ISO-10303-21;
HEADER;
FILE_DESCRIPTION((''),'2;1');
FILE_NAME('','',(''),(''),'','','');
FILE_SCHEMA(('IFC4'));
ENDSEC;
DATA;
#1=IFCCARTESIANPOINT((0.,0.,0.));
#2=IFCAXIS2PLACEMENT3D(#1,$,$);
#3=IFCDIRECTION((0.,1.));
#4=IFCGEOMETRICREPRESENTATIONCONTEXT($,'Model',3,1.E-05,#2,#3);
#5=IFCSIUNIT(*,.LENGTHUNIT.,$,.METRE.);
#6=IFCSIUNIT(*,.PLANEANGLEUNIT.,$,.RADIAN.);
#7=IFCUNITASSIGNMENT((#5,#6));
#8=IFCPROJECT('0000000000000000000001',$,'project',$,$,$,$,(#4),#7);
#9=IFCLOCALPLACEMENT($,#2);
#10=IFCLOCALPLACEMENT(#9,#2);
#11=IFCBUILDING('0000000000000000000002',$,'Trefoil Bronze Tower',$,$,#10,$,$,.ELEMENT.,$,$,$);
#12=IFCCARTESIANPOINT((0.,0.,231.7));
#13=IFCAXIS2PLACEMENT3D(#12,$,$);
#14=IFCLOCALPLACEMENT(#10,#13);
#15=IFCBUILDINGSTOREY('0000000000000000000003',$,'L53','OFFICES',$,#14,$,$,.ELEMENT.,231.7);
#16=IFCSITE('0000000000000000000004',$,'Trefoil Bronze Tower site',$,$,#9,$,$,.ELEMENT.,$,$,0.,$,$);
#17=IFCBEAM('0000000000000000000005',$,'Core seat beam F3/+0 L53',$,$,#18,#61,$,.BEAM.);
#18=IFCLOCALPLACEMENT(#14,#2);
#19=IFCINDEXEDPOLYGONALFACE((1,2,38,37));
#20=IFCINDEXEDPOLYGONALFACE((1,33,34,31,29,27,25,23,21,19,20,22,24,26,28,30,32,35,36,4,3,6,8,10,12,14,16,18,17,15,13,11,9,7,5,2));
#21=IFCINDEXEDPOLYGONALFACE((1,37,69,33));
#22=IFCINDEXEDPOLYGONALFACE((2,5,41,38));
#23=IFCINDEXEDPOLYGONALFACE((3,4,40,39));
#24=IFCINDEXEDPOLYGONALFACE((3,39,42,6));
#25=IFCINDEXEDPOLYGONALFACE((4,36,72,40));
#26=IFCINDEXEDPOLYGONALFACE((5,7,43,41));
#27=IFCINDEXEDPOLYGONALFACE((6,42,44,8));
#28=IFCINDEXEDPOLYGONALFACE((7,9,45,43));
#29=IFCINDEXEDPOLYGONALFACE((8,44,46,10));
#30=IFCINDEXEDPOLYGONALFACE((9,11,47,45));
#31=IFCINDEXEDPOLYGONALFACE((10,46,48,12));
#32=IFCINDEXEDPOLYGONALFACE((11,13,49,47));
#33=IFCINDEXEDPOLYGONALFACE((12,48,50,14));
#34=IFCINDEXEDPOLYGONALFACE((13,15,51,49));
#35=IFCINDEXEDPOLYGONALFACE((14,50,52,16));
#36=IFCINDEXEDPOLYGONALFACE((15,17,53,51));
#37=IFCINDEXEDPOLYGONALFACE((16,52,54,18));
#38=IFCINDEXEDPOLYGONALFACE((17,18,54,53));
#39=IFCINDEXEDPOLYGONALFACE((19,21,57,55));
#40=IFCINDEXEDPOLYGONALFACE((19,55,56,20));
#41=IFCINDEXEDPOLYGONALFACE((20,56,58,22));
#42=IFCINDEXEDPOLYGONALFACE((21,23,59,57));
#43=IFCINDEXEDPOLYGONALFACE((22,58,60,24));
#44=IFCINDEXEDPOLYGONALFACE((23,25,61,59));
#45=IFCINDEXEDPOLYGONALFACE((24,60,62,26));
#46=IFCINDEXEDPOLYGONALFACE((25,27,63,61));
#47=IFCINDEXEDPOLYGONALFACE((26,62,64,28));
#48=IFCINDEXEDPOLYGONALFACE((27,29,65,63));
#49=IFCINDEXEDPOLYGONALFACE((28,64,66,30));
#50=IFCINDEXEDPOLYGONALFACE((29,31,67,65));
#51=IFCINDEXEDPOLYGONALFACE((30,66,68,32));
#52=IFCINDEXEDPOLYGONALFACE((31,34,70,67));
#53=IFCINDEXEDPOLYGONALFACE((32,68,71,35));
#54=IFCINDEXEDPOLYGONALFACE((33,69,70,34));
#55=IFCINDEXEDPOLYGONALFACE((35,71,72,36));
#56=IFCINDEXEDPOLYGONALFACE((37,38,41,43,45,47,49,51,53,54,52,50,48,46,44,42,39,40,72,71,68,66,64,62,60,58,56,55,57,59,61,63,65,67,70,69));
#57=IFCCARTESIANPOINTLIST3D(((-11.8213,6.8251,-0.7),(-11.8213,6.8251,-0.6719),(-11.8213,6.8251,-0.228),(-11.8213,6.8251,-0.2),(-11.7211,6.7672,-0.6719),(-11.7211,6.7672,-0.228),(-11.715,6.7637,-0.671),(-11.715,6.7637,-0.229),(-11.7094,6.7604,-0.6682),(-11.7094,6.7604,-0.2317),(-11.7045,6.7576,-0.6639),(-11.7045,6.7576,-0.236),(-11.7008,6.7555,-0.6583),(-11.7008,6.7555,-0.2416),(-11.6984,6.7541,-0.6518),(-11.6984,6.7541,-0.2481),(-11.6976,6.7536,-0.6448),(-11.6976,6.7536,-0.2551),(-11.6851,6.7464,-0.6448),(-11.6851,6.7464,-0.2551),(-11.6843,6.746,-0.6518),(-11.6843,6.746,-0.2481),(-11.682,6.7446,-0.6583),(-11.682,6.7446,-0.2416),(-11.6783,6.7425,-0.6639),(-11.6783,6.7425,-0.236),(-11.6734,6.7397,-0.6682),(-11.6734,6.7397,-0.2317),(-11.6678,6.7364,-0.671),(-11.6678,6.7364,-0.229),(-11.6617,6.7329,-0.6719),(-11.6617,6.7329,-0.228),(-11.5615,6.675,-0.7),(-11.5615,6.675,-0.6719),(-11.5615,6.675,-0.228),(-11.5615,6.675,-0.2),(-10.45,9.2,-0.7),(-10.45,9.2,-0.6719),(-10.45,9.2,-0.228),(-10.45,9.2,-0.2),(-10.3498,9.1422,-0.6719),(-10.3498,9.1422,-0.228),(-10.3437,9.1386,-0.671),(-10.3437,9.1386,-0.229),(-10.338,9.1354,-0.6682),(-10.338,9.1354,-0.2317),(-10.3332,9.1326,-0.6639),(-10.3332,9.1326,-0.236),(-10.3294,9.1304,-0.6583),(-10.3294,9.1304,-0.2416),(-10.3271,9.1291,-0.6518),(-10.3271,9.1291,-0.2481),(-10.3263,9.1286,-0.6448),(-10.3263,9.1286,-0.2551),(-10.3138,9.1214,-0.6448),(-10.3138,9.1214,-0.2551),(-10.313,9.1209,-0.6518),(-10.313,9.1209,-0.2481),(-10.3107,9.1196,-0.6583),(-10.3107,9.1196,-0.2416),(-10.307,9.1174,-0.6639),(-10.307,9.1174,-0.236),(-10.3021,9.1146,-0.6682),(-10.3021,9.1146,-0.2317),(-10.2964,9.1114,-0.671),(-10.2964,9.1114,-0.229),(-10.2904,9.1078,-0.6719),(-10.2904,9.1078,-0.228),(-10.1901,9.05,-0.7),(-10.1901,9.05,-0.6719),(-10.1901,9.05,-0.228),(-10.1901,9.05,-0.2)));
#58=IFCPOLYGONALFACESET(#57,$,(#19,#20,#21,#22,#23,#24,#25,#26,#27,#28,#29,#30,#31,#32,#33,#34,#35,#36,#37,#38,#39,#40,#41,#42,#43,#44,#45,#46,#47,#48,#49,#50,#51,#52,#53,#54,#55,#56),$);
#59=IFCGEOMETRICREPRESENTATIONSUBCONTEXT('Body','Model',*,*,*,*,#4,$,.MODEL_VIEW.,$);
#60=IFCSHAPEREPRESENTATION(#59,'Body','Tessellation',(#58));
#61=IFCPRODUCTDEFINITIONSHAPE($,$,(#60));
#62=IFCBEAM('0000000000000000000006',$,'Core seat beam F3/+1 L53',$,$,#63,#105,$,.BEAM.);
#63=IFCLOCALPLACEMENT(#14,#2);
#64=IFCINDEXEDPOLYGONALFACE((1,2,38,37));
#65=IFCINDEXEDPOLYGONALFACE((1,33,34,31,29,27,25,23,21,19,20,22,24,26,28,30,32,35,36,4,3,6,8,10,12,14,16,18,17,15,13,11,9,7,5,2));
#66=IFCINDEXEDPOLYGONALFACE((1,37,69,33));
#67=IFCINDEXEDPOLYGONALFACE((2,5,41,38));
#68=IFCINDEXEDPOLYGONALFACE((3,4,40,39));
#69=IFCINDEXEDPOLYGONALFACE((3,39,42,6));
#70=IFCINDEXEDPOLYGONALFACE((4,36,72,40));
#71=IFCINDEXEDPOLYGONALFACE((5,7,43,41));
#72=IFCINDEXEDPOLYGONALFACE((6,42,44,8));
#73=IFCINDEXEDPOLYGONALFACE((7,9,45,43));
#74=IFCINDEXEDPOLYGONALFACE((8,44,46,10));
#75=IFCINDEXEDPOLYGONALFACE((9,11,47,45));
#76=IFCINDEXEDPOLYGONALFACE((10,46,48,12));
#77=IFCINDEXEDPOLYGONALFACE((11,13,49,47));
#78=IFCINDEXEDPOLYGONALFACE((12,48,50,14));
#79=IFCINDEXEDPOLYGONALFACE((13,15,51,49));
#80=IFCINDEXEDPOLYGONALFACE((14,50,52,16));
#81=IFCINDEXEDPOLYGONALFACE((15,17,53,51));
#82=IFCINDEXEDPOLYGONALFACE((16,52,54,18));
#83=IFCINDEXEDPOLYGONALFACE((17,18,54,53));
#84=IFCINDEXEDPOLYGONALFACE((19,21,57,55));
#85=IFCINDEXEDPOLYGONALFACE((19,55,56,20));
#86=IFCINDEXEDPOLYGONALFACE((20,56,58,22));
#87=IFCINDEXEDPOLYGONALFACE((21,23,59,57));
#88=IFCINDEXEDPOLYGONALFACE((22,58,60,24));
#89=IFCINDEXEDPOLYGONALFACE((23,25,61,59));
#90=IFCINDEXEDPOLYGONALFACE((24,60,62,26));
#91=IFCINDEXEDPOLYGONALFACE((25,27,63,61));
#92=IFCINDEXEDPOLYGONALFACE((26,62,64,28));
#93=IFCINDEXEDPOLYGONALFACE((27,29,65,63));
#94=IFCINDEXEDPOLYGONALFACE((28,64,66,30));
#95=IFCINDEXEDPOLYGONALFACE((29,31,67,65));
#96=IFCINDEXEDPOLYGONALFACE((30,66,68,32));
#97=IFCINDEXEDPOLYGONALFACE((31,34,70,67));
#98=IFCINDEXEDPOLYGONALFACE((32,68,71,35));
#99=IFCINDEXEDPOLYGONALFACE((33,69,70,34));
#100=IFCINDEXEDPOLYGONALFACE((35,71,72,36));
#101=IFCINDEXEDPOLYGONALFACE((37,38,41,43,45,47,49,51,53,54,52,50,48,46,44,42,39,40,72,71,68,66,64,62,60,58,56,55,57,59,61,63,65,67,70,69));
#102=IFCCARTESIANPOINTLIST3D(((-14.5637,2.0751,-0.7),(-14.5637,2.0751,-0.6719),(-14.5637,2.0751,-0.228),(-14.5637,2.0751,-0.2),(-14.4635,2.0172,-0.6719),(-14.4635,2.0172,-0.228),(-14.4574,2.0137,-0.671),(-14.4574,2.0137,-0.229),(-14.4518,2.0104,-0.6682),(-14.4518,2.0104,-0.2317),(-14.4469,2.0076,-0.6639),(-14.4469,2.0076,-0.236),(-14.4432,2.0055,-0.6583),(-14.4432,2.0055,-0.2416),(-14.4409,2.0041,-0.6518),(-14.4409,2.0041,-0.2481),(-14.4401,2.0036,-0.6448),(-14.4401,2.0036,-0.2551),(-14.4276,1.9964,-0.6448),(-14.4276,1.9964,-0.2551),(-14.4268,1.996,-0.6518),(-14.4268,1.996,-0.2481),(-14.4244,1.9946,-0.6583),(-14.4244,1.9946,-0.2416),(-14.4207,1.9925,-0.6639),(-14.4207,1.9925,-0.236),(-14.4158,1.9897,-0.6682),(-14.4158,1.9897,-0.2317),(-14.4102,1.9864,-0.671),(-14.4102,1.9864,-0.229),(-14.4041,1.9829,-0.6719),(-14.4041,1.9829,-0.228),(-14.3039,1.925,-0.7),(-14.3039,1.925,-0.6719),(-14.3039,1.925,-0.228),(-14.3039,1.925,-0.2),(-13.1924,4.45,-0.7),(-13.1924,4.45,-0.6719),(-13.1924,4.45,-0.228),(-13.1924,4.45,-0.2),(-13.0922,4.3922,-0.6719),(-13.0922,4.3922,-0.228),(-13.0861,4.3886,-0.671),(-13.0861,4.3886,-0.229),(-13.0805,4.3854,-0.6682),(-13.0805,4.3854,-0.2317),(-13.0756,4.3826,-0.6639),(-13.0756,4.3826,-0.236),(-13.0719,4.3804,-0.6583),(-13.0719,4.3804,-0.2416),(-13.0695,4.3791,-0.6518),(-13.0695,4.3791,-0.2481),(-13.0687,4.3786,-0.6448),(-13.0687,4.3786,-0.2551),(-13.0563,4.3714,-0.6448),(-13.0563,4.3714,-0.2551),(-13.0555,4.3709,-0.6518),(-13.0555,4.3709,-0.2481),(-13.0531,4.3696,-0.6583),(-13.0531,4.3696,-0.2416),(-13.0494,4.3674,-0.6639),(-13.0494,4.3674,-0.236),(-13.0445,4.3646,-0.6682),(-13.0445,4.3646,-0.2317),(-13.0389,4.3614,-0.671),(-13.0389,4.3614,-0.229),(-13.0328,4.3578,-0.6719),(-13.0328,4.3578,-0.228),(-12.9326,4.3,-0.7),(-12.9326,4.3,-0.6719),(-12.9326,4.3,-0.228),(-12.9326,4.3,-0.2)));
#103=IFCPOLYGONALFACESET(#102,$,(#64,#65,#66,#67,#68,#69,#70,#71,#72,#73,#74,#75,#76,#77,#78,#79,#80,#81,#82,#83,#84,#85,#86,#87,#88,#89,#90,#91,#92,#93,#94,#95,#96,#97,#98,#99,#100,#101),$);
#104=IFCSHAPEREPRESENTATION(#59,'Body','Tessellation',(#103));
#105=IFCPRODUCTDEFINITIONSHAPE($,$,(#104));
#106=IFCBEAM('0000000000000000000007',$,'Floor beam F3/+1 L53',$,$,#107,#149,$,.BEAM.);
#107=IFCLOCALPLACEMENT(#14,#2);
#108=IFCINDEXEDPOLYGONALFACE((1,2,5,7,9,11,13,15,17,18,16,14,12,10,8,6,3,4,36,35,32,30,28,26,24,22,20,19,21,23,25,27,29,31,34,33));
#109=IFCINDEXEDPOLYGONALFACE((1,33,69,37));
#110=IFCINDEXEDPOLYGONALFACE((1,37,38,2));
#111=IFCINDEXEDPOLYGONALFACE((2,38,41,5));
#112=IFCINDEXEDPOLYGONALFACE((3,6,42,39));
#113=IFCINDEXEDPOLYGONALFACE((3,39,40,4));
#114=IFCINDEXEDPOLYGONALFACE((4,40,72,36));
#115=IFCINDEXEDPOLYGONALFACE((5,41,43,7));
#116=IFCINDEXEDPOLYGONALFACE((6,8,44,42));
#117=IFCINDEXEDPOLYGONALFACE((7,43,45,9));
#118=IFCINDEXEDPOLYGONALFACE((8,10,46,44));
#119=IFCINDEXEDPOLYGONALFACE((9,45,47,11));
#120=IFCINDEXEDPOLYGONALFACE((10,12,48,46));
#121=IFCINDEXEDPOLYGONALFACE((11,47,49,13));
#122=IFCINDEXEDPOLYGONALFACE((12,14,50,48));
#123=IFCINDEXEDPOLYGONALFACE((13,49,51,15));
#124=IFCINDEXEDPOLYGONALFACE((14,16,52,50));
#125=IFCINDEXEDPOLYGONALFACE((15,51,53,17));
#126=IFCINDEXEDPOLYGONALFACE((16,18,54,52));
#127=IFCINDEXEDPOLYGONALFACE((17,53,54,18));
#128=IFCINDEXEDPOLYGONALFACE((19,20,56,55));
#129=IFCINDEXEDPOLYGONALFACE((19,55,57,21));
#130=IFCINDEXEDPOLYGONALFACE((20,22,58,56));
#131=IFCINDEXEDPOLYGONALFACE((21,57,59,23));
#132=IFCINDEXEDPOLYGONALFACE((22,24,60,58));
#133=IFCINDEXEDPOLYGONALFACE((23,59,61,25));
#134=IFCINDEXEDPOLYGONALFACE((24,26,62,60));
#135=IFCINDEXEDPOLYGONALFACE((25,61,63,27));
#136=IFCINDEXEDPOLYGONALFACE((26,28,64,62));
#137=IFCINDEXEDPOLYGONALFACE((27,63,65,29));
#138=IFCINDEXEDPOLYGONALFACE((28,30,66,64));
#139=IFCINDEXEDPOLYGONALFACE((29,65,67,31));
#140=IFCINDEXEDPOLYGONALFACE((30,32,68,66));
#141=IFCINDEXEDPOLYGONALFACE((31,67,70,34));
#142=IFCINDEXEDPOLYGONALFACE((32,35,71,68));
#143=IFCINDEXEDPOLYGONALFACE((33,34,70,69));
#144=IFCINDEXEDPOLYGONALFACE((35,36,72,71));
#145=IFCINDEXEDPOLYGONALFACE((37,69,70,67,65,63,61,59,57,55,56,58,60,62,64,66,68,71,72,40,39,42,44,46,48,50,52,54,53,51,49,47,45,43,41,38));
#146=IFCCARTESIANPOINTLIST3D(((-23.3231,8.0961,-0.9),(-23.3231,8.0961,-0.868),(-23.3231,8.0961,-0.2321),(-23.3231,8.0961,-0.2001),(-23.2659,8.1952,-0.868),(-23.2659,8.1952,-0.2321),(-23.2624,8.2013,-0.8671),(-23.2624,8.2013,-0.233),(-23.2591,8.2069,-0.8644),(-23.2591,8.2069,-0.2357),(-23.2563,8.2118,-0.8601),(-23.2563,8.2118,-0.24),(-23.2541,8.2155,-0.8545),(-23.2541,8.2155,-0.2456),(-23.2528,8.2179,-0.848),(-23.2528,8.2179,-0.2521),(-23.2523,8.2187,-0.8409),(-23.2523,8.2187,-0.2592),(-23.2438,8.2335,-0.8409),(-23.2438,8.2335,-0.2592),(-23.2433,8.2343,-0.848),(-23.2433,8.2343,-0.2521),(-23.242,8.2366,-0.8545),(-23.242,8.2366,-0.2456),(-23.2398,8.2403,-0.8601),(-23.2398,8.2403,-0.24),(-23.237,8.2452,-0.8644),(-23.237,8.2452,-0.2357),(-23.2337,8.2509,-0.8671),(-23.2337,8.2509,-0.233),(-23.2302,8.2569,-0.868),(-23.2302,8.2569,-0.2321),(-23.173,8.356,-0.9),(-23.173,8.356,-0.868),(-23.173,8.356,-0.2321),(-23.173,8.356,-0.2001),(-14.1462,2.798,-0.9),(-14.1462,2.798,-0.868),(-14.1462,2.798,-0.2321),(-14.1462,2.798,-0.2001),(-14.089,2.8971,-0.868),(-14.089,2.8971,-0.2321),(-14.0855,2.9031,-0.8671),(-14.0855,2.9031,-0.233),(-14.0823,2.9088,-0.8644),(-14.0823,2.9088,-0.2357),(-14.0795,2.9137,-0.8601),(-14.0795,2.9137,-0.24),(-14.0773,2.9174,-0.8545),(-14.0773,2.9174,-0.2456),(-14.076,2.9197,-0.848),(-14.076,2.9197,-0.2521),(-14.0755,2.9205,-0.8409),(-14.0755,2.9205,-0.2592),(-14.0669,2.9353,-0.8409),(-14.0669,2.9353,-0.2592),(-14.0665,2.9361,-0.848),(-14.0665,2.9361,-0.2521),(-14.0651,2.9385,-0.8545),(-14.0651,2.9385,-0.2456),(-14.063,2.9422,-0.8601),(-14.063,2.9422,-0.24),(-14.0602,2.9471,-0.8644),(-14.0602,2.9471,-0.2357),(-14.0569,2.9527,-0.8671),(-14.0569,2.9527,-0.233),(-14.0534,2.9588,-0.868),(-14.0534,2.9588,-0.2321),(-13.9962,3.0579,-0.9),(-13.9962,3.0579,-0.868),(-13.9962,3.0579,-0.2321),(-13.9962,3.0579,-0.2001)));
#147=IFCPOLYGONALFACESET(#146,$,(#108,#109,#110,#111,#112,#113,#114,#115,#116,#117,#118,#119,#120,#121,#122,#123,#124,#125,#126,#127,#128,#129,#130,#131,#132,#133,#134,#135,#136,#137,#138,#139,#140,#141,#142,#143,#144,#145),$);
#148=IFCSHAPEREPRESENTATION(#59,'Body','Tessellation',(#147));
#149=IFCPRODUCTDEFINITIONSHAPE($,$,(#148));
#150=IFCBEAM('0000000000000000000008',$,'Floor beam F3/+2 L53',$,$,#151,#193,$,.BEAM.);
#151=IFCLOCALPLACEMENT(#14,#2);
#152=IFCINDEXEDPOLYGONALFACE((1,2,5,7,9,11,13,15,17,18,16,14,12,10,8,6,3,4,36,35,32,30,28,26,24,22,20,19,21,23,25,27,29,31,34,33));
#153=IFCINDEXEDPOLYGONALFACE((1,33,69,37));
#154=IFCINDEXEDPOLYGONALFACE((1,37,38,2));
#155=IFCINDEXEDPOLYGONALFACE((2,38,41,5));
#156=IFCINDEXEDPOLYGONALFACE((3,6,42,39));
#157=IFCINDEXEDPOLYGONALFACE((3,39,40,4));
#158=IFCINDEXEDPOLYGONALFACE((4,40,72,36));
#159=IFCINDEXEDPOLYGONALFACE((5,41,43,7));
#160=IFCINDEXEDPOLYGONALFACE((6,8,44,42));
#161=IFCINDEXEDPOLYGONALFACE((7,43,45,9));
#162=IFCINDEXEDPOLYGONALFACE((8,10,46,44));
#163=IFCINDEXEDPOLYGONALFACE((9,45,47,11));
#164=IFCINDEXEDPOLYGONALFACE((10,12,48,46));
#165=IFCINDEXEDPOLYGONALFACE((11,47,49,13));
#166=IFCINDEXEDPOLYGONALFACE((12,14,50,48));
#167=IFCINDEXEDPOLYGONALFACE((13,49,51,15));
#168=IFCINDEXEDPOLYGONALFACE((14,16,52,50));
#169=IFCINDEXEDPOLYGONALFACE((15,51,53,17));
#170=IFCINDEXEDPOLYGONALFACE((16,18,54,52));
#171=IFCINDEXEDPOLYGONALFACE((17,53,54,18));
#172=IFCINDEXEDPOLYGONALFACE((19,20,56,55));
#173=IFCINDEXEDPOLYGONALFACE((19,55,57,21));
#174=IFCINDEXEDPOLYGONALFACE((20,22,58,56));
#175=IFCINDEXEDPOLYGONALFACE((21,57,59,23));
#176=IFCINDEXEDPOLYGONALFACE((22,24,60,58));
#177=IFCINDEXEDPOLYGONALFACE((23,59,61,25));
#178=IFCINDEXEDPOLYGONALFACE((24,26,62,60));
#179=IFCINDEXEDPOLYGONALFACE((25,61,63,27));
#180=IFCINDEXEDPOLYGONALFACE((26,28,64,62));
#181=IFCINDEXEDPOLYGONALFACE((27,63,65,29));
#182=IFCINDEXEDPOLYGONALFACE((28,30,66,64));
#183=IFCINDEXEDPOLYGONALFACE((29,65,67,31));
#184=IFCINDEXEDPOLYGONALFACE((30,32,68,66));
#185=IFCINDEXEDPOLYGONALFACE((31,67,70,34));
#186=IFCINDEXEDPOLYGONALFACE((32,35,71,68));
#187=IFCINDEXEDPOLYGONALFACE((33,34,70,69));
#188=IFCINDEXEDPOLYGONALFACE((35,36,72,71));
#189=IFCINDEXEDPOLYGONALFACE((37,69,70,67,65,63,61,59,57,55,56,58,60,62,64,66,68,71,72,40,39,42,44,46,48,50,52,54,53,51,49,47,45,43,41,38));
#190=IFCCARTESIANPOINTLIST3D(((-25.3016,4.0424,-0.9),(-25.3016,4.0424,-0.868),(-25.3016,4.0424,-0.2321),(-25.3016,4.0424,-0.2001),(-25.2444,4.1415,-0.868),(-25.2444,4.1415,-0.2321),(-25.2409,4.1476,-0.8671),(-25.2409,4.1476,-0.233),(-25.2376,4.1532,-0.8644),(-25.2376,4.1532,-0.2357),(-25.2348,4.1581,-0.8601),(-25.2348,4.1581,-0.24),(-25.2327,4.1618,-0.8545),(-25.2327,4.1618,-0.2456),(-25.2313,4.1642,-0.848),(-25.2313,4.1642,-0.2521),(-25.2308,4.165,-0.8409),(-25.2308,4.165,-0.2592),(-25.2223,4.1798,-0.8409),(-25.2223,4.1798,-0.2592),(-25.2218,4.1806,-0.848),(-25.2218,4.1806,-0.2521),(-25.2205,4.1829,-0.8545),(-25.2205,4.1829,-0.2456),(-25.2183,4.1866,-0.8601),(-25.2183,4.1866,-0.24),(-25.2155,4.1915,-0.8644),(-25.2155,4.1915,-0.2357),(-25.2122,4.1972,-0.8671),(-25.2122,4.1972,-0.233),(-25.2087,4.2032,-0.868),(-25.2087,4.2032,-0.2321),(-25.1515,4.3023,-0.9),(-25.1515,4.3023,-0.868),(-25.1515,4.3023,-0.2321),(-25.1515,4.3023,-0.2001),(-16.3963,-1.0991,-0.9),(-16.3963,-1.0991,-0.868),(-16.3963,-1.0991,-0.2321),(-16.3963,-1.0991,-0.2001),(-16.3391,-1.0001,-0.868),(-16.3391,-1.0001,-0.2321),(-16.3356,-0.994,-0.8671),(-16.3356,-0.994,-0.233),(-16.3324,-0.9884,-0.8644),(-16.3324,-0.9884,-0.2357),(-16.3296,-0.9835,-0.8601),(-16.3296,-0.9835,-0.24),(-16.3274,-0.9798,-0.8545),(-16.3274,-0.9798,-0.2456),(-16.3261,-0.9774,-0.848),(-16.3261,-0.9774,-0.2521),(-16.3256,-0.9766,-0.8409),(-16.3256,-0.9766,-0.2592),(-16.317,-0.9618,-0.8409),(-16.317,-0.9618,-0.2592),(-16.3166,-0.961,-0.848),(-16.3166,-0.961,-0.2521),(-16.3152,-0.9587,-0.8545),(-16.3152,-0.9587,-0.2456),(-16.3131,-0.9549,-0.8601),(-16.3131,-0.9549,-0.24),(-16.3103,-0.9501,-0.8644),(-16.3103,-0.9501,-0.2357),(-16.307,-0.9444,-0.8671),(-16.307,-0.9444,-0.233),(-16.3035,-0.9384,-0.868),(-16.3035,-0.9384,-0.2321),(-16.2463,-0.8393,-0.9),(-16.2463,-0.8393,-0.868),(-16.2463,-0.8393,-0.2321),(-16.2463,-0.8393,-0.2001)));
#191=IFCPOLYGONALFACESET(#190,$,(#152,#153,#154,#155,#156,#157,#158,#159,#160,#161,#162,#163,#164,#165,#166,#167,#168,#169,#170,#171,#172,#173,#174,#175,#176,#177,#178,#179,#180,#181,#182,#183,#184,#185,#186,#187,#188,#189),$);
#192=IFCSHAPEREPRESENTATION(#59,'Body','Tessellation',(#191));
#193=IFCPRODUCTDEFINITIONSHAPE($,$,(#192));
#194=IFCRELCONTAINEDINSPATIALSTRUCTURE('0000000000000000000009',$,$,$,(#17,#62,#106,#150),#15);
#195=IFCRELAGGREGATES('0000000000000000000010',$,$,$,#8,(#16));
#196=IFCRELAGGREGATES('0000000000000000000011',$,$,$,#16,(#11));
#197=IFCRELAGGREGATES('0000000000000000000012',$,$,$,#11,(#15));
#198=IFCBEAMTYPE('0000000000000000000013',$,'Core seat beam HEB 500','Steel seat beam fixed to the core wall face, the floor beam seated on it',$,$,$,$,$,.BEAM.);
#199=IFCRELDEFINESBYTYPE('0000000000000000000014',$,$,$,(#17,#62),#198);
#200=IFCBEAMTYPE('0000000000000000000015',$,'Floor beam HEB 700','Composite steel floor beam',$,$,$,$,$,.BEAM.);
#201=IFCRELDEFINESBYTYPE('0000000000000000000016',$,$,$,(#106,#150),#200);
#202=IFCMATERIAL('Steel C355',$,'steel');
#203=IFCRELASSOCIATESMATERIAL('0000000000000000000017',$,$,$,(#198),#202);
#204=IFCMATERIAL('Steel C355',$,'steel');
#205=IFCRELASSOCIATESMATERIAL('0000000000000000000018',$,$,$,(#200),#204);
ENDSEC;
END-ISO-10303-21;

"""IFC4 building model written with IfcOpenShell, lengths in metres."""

from ifc_helpers import new_model, si_unit, direction, frame, origin, origin_2d, place, context, subcontext, project, spatial, i_section, extrude, material, material_profile, profile_set, type_object, element, save


model = new_model("IFC4")

# Units and contexts
model_context = context("Model", 3, precision=1e-05, world=origin(), true_north=direction((0.0, 1.0)))
body_context = subcontext(model_context, "Body", "Model", "MODEL_VIEW")
ifc_project = project(units=[si_unit("LENGTHUNIT", "METRE"), si_unit("PLANEANGLEUNIT", "RADIAN")], contexts=[model_context])

# Site, building, storey
site_placement = place(None, origin())
site = spatial("IfcSite", under=ifc_project, at=site_placement, Name="Trefoil Bronze Tower site", CompositionType="ELEMENT", RefElevation=0.0)
building_placement = place(site_placement, origin())
building = spatial("IfcBuilding", under=site, at=building_placement, Name="Trefoil Bronze Tower", CompositionType="ELEMENT")
storey_placement = place(building_placement, frame((0.0, 0.0, 231.7)))
storey = spatial("IfcBuildingStorey", under=building, at=storey_placement, Name="L53", Description="OFFICES", CompositionType="ELEMENT", Elevation=231.7)

# Beams
ifc_material_1 = material(Name="Steel C355", Category="steel")
ifc_material_profile_1 = material_profile(ifc_material_1, i_section(OverallWidth=0.3, OverallDepth=0.5, WebThickness=0.0144, FlangeThickness=0.0281, FilletRadius=0.0271, at=origin_2d()), Name="HEB 500")
ifc_profile_set_1 = profile_set([ifc_material_profile_1], Name="Steel C355")
beam_type_1 = type_object("IfcBeamType", Name="Core seat beam HEB 500", Description="Steel seat beam fixed to the core wall face, the floor beam seated on it", PredefinedType="BEAM", material=ifc_profile_set_1)
for number, where, z_axis, x_axis, name in (
    (1, (-10.3201, 9.125, -0.45), (-0.500036, -0.866005, 0.0), (0.866005, -0.500036, 0.0), "Core seat beam F3/+0 L53"),
    (2, (-13.0625, 4.375, -0.45), (-0.500036, -0.866005, 0.0), (0.866005, -0.500036, 0.0), "Core seat beam F3/+1 L53"),
):
    element("IfcBeam", number, at=place(storey_placement, frame(where, z_axis=z_axis, x_axis=x_axis)), inside=storey, type_object=beam_type_1, Name=name, PredefinedType="BEAM", context=body_context, shape_type="SweptSolid", body=[
        extrude(i_section(OverallWidth=0.3, OverallDepth=0.5, WebThickness=0.0144, FlangeThickness=0.0281, FilletRadius=0.0271, at=origin_2d()), origin(), (0.0, 0.0, 1.0), 2.7424),
    ])
ifc_material_2 = material(Name="Steel C355", Category="steel")
ifc_material_profile_2 = material_profile(ifc_material_2, i_section(OverallWidth=0.3, OverallDepth=0.7, WebThickness=0.0171, FlangeThickness=0.032, FilletRadius=0.0271, at=origin_2d()), Name="HEB 700")
ifc_profile_set_2 = profile_set([ifc_material_profile_2], Name="Steel C355")
beam_type_2 = type_object("IfcBeamType", Name="Floor beam HEB 700", Description="Composite steel floor beam", PredefinedType="BEAM", material=ifc_profile_set_2)
beam_1_placement = place(storey_placement, frame((-23.248, 8.2261, -0.55), z_axis=(0.86603, -0.499992, 0.0), x_axis=(0.499992, 0.86603, 0.0)))
element("IfcBeam", 3, at=beam_1_placement, inside=storey, type_object=beam_type_2, Name="Floor beam F3/+1 L53", PredefinedType="BEAM", context=body_context, shape_type="SweptSolid", body=[
    extrude(i_section(OverallWidth=0.3, OverallDepth=0.7, WebThickness=0.0171, FlangeThickness=0.032, FilletRadius=0.0271, at=origin_2d()), origin(), (0.0, 0.0, 1.0), 10.5964),
])
beam_2_placement = place(storey_placement, frame((-25.2266, 4.1724, -0.55), z_axis=(0.86602, -0.50001, 0.0), x_axis=(0.50001, 0.86602, 0.0)))
element("IfcBeam", 4, at=beam_2_placement, inside=storey, type_object=beam_type_2, Name="Floor beam F3/+2 L53", PredefinedType="BEAM", context=body_context, shape_type="SweptSolid", body=[
    extrude(i_section(OverallWidth=0.3, OverallDepth=0.7, WebThickness=0.0171, FlangeThickness=0.032, FilletRadius=0.0271, at=origin_2d()), origin(), (0.0, 0.0, 1.0), 10.283),
])

save(model, "model.ifc")
